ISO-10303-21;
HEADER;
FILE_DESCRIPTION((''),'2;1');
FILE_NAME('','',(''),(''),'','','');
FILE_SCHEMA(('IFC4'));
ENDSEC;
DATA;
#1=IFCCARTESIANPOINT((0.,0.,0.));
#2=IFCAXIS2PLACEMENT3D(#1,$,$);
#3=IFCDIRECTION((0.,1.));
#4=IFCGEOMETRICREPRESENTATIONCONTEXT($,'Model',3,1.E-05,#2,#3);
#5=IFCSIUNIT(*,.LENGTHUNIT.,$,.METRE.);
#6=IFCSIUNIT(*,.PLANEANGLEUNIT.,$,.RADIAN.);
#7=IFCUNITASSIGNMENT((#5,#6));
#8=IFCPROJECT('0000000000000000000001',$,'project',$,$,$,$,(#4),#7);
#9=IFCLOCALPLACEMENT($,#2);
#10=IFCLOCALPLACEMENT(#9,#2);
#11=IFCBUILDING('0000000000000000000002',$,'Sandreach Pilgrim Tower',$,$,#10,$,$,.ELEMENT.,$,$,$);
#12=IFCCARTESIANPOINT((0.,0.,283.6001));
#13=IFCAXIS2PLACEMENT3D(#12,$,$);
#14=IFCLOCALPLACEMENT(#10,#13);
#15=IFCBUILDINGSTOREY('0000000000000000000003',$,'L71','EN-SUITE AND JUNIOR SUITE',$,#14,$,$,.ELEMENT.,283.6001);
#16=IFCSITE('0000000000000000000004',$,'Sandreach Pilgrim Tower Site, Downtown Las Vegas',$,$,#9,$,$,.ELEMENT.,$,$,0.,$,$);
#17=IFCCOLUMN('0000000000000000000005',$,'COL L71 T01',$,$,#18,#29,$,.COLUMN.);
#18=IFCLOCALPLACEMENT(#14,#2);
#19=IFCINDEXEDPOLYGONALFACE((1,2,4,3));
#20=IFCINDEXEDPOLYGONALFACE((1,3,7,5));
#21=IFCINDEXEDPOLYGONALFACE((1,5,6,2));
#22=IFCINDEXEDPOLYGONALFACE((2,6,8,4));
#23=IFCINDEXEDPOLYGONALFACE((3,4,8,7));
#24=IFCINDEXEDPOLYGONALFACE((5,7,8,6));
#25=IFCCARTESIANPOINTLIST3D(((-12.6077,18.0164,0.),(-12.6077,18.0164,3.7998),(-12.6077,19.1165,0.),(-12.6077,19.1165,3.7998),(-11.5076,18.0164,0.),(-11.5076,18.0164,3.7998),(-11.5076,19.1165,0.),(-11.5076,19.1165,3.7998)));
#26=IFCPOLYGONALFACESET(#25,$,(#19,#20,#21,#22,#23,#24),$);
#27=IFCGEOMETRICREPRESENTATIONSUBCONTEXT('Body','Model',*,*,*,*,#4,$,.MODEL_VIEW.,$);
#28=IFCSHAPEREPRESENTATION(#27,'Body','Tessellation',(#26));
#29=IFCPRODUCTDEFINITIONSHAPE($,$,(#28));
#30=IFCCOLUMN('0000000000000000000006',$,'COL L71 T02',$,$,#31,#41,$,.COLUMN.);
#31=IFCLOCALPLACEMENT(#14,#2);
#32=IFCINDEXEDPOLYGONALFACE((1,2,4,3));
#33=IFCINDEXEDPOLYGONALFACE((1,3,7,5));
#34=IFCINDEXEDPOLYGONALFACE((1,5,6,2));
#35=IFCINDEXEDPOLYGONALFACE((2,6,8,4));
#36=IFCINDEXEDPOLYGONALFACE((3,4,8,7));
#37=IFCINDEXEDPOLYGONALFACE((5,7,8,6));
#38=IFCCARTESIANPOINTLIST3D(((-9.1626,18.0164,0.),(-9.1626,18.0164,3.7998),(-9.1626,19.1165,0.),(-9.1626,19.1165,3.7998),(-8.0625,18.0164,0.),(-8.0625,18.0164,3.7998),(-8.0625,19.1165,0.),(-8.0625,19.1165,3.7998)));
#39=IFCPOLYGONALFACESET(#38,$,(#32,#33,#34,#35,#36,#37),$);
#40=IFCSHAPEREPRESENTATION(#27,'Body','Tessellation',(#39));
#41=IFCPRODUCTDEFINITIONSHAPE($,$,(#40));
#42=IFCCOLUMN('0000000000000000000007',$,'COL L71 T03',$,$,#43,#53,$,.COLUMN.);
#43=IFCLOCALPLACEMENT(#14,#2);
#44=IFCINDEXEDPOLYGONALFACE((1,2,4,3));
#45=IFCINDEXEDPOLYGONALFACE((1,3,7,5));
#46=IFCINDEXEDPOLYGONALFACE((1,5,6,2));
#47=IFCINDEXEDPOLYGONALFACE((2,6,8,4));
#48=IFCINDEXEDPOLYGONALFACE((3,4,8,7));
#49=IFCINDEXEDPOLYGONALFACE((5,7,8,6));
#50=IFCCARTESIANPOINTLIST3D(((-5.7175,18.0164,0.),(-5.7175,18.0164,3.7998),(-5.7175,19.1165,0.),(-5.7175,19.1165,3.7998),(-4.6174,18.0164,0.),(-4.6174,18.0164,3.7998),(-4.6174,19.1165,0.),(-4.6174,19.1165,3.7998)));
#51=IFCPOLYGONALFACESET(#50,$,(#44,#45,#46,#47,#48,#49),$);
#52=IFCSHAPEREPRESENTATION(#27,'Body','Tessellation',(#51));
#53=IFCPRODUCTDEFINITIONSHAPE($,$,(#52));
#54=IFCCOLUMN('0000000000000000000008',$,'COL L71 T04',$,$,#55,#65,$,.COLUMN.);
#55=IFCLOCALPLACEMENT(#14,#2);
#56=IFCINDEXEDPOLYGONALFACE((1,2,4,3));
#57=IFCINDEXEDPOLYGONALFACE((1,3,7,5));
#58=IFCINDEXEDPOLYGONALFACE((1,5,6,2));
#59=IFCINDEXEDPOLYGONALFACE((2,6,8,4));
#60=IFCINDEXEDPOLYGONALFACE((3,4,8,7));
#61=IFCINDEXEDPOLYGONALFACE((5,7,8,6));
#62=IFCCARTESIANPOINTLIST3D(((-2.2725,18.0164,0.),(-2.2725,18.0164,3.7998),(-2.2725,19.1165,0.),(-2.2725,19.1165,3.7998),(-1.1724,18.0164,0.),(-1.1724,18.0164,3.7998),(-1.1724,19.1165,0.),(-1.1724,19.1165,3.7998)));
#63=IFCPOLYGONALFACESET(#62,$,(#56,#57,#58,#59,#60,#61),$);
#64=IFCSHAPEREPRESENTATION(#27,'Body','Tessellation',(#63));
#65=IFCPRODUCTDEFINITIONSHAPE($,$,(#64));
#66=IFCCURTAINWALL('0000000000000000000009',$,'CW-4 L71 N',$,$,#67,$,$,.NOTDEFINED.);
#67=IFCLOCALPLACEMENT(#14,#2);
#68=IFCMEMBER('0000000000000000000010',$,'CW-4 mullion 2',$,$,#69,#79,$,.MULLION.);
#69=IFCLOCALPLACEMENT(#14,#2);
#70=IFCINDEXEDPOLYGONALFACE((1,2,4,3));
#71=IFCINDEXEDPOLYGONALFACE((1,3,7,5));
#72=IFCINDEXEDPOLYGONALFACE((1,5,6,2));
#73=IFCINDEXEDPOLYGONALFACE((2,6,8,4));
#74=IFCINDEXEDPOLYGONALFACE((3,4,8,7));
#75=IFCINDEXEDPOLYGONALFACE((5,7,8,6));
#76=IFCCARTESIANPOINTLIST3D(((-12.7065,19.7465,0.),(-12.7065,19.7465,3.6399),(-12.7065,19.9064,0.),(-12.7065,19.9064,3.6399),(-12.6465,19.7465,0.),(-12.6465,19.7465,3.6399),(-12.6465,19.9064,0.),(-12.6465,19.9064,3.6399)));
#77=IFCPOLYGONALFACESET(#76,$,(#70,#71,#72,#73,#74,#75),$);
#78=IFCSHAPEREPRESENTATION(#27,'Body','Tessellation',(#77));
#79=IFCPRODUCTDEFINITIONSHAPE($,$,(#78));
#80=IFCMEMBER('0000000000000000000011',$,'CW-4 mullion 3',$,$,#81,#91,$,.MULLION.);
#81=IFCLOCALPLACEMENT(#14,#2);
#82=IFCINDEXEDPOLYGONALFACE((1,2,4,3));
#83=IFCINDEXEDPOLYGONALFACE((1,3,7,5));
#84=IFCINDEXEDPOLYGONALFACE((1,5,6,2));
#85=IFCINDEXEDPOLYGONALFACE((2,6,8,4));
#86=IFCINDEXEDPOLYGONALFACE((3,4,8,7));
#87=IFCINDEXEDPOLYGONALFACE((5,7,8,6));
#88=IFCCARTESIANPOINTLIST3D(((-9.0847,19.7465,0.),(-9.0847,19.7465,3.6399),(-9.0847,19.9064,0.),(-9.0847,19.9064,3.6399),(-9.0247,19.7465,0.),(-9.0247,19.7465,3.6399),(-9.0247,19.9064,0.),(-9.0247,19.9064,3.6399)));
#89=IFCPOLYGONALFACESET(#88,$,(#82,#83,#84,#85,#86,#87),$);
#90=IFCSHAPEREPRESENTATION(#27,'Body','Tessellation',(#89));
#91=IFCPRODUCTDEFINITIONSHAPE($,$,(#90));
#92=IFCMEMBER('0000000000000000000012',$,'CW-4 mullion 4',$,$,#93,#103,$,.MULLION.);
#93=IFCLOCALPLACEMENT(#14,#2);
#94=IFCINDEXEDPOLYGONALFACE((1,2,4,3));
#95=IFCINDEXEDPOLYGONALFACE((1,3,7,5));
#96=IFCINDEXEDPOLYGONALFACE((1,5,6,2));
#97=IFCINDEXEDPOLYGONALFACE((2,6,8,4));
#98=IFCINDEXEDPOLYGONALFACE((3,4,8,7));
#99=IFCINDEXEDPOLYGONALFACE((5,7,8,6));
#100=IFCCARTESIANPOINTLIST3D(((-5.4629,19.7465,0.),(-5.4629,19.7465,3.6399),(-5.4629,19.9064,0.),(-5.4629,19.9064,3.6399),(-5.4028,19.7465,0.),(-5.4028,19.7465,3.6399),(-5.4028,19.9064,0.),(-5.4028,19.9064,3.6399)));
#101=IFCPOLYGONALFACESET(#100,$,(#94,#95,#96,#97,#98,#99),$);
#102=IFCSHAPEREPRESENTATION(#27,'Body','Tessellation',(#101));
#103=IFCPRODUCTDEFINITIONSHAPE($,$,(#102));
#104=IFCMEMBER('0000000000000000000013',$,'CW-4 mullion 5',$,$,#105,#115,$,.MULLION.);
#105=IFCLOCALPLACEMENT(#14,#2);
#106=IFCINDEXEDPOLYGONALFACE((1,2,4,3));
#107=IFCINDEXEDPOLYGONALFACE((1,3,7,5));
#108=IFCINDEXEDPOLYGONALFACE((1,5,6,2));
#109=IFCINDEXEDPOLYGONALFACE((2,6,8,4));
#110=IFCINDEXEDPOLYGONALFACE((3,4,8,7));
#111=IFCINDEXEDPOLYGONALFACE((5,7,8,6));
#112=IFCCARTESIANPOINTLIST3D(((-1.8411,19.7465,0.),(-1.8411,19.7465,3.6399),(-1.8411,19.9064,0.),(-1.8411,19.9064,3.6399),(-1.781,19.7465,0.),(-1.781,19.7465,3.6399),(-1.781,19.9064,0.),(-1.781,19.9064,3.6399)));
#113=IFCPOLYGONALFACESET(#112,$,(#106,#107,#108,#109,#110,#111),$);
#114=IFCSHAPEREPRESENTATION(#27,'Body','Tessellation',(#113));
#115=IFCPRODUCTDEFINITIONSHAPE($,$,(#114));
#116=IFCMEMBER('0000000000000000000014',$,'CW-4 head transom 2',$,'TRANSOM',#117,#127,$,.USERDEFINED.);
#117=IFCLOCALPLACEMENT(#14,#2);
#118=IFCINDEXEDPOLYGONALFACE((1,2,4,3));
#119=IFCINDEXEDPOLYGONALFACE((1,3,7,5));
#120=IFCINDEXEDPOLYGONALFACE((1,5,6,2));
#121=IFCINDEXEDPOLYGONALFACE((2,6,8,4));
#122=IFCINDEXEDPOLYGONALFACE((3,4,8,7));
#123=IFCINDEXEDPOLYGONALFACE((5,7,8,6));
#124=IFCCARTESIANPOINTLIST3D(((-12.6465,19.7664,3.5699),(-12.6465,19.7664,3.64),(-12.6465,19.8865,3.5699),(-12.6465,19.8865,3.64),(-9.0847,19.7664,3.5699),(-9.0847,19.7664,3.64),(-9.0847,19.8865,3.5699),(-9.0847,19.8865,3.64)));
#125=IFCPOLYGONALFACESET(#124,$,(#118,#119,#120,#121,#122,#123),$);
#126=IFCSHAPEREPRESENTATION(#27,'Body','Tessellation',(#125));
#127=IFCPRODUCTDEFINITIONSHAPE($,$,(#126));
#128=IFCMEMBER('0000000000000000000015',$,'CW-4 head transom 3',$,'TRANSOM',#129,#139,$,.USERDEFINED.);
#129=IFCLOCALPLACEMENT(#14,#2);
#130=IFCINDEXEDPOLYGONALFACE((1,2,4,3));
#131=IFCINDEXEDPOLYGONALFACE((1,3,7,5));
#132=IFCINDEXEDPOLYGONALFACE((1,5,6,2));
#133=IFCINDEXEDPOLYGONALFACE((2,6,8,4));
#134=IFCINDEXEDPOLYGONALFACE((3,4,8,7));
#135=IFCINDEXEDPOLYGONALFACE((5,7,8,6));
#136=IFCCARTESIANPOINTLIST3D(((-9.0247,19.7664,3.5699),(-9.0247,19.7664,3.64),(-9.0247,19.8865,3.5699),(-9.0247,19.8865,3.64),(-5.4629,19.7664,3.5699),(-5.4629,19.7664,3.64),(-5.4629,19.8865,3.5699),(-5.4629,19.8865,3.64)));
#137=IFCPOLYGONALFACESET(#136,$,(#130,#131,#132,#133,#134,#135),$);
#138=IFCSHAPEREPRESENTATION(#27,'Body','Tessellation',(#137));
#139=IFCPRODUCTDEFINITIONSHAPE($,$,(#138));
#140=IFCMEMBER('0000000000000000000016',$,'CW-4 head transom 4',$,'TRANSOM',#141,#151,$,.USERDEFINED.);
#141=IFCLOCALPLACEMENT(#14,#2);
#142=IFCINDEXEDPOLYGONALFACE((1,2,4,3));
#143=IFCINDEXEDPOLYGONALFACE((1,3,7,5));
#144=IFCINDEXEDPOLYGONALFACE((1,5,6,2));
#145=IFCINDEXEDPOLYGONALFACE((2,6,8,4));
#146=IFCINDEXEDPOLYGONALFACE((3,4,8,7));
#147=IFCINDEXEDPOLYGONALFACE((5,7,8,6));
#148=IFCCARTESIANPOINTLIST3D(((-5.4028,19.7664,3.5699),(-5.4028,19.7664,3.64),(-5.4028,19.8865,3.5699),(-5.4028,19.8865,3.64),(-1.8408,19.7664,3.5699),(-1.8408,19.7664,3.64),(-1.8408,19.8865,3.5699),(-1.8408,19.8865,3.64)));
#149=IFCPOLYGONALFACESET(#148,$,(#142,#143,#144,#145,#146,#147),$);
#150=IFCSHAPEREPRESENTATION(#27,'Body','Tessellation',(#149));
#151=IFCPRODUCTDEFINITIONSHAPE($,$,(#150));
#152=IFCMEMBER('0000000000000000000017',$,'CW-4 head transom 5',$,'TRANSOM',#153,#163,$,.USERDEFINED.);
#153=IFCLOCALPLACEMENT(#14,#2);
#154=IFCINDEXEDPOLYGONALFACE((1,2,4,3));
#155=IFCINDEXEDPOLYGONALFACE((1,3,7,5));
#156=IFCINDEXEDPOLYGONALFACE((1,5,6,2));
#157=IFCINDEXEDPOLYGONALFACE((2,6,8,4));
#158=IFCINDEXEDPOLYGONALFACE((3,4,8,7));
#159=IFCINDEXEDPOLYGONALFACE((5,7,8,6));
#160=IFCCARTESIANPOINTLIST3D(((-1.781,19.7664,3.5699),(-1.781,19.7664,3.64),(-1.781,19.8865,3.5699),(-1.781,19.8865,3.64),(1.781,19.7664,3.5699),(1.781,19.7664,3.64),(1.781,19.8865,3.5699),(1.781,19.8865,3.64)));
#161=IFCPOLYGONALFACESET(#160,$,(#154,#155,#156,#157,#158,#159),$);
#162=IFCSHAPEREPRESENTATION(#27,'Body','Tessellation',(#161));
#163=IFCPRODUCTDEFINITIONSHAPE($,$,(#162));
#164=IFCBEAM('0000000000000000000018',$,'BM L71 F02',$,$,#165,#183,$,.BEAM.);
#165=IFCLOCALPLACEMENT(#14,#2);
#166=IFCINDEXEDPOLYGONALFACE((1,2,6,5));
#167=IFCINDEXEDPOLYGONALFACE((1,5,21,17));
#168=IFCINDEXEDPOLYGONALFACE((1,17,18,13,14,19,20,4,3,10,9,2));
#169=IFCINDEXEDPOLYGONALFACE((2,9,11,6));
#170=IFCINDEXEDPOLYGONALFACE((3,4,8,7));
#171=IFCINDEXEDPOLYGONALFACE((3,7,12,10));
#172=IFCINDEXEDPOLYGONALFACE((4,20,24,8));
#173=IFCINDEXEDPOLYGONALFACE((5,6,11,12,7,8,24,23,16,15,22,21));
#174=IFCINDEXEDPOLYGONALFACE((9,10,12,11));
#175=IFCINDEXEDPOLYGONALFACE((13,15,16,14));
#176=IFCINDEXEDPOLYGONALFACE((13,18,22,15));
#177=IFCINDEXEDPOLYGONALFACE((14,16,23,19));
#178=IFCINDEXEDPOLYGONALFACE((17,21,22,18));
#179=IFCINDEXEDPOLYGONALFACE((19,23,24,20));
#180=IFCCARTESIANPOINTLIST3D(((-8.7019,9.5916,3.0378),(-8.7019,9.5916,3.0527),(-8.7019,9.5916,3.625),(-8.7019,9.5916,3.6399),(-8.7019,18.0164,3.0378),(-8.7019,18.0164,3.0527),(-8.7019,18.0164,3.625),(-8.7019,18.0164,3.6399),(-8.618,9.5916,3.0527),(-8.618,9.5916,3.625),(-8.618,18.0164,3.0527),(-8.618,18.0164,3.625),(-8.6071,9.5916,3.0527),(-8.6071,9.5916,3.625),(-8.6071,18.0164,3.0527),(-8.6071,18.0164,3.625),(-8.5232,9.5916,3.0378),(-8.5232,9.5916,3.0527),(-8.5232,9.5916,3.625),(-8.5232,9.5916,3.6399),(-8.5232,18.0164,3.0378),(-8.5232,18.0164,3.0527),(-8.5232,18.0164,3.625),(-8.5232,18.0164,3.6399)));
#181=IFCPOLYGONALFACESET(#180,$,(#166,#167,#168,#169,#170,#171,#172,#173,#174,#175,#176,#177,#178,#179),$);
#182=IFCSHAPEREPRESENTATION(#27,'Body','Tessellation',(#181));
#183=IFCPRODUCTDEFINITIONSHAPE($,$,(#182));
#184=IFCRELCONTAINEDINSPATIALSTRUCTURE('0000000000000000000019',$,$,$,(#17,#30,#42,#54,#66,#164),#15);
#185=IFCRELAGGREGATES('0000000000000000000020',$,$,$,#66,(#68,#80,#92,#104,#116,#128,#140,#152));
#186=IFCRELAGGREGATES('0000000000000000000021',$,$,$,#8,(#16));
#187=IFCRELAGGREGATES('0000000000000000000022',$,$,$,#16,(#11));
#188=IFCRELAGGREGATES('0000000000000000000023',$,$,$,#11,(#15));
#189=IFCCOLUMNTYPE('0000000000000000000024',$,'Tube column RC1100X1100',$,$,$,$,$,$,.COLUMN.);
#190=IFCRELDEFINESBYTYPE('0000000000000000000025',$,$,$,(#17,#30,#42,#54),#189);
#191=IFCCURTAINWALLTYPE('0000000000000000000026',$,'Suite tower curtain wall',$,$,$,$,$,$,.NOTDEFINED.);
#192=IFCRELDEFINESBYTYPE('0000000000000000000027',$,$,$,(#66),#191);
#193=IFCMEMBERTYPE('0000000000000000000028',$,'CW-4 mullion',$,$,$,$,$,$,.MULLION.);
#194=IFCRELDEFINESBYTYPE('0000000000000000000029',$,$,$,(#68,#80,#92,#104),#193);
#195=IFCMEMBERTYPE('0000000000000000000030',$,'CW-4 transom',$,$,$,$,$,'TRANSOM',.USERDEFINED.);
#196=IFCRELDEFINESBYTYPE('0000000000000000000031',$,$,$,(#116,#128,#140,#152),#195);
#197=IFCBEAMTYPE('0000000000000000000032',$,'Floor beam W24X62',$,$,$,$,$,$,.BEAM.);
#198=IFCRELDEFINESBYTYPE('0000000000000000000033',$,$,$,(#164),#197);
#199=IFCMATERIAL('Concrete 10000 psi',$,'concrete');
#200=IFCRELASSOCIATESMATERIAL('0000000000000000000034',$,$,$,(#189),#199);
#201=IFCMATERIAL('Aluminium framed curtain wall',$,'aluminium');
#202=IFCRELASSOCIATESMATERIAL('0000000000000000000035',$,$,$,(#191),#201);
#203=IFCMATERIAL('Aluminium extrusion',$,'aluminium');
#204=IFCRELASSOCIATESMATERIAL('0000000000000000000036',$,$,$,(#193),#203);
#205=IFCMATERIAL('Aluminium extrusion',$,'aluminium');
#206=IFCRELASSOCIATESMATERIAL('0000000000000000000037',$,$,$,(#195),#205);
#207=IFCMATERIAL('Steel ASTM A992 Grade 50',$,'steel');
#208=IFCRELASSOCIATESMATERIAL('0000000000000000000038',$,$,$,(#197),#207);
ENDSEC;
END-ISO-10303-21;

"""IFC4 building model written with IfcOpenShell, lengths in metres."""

from ifc_helpers import new_model, si_unit, direction, frame, origin, origin_2d, place, context, subcontext, project, spatial, rectangle, i_section, extrude, material, material_profile, profile_set, type_object, element, aggregate, save


model = new_model("IFC4")

# Units and contexts
model_context = context("Model", 3, precision=1e-05, world=origin(), true_north=direction((0.0, 1.0)))
body_context = subcontext(model_context, "Body", "Model", "MODEL_VIEW")
ifc_project = project(units=[si_unit("LENGTHUNIT", "METRE"), si_unit("PLANEANGLEUNIT", "RADIAN")], contexts=[model_context])

# Site, building, storey
site_placement = place(None, origin())
site = spatial("IfcSite", under=ifc_project, at=site_placement, Name="Sandreach Pilgrim Tower Site, Downtown Las Vegas", CompositionType="ELEMENT", RefElevation=0.0)
building_placement = place(site_placement, origin())
building = spatial("IfcBuilding", under=site, at=building_placement, Name="Sandreach Pilgrim Tower", CompositionType="ELEMENT")
storey_placement = place(building_placement, frame((0.0, 0.0, 283.6001)))
storey = spatial("IfcBuildingStorey", under=building, at=storey_placement, Name="L71", Description="EN-SUITE AND JUNIOR SUITE", CompositionType="ELEMENT", Elevation=283.6001)

# Columns
ifc_material_1 = material(Name="Concrete 10000 psi", Category="concrete")
ifc_material_profile_1 = material_profile(ifc_material_1, rectangle(XDim=1.1001, YDim=1.1001, at=origin_2d()), Name="RC1100X1100")
ifc_profile_set_1 = profile_set([ifc_material_profile_1], Name="Concrete 10000 psi")
column_type = type_object("IfcColumnType", Name="Tube column RC1100X1100", PredefinedType="COLUMN", material=ifc_profile_set_1)
for number, where, z_axis, x_axis, name in (
    (1, (-12.0576, 18.5664, 0.0), (0.0, 0.0, 1.0), (0.0, 1.0, 0.0), "COL L71 T01"),
    (2, (-8.6125, 18.5664, 0.0), (0.0, 0.0, 1.0), (0.0, 1.0, 0.0), "COL L71 T02"),
    (3, (-5.1675, 18.5664, 0.0), (0.0, 0.0, 1.0), (0.0, 1.0, 0.0), "COL L71 T03"),
    (4, (-1.7224, 18.5664, 0.0), (0.0, 0.0, 1.0), (0.0, 1.0, 0.0), "COL L71 T04"),
):
    element("IfcColumn", number, at=place(storey_placement, frame(where, z_axis=z_axis, x_axis=x_axis)), inside=storey, type_object=column_type, Name=name, PredefinedType="COLUMN", context=body_context, shape_type="SweptSolid", body=[
        extrude(rectangle(XDim=1.1001, YDim=1.1001, at=origin_2d()), origin(), (0.0, 0.0, 1.0), 3.7998),
    ])

# Curtain wall, members
ifc_material_2 = material(Name="Aluminium framed curtain wall", Category="aluminium")
curtain_wall_type = type_object("IfcCurtainWallType", Name="Suite tower curtain wall", PredefinedType="NOTDEFINED", material=ifc_material_2)
curtain_wall_placement = place(storey_placement, origin())
curtain_wall = element("IfcCurtainWall", 5, at=curtain_wall_placement, inside=storey, type_object=curtain_wall_type, Name="CW-4 L71 N", PredefinedType="NOTDEFINED")
ifc_material_3 = material(Name="Aluminium extrusion", Category="aluminium")
ifc_material_profile_2 = material_profile(ifc_material_3, rectangle(XDim=0.0601, YDim=0.1599, at=origin_2d()), Name="CW-4M 60X160")
ifc_profile_set_2 = profile_set([ifc_material_profile_2], Name="Aluminium extrusion")
member_type_1 = type_object("IfcMemberType", Name="CW-4 mullion", PredefinedType="MULLION", material=ifc_profile_set_2)
member_1_placement = place(storey_placement, frame((-12.6765, 19.8264, 0.0), z_axis=(0.0, 0.0, 1.0), x_axis=(1.0, 0.0, 0.0)))
member_1 = element("IfcMember", 6, at=member_1_placement, type_object=member_type_1, Name="CW-4 mullion 2", PredefinedType="MULLION", context=body_context, shape_type="SweptSolid", body=[
    extrude(rectangle(XDim=0.0601, YDim=0.1599, at=origin_2d()), origin(), (0.0, 0.0, 1.0), 3.6399),
])
member_2_placement = place(storey_placement, frame((-9.0547, 19.8264, 0.0), z_axis=(0.0, 0.0, 1.0), x_axis=(1.0, 0.0, 0.0)))
member_2 = element("IfcMember", 7, at=member_2_placement, type_object=member_type_1, Name="CW-4 mullion 3", PredefinedType="MULLION", context=body_context, shape_type="SweptSolid", body=[
    extrude(rectangle(XDim=0.0601, YDim=0.1599, at=origin_2d()), origin(), (0.0, 0.0, 1.0), 3.6399),
])
member_3_placement = place(storey_placement, frame((-5.4329, 19.8264, 0.0), z_axis=(0.0, 0.0, 1.0), x_axis=(1.0, 0.0, 0.0)))
member_3 = element("IfcMember", 8, at=member_3_placement, type_object=member_type_1, Name="CW-4 mullion 4", PredefinedType="MULLION", context=body_context, shape_type="SweptSolid", body=[
    extrude(rectangle(XDim=0.0601, YDim=0.1599, at=origin_2d()), origin(), (0.0, 0.0, 1.0), 3.6399),
])
member_4_placement = place(storey_placement, frame((-1.811, 19.8264, 0.0), z_axis=(0.0, 0.0, 1.0), x_axis=(1.0, 0.0, 0.0)))
member_4 = element("IfcMember", 9, at=member_4_placement, type_object=member_type_1, Name="CW-4 mullion 5", PredefinedType="MULLION", context=body_context, shape_type="SweptSolid", body=[
    extrude(rectangle(XDim=0.0601, YDim=0.1599, at=origin_2d()), origin(), (0.0, 0.0, 1.0), 3.6399),
])
ifc_material_4 = material(Name="Aluminium extrusion", Category="aluminium")
ifc_material_profile_3 = material_profile(ifc_material_4, rectangle(XDim=0.1201, YDim=0.0701, at=origin_2d()), Name="CW-4T 120X70")
ifc_profile_set_3 = profile_set([ifc_material_profile_3], Name="Aluminium extrusion")
member_type_2 = type_object("IfcMemberType", Name="CW-4 transom", ElementType="TRANSOM", PredefinedType="USERDEFINED", material=ifc_profile_set_3)
member_5_placement = place(storey_placement, frame((-12.6465, 19.8264, 3.605), z_axis=(1.0, 0.0, 0.0), x_axis=(0.0, 1.0, 0.0)))
member_5 = element("IfcMember", 10, at=member_5_placement, type_object=member_type_2, Name="CW-4 head transom 2", ObjectType="TRANSOM", PredefinedType="USERDEFINED", context=body_context, shape_type="SweptSolid", body=[
    extrude(rectangle(XDim=0.1201, YDim=0.0701, at=origin_2d()), origin(), (0.0, 0.0, 1.0), 3.5618),
])
member_6_placement = place(storey_placement, frame((-9.0247, 19.8264, 3.605), z_axis=(1.0, 0.0, 0.0), x_axis=(0.0, 1.0, 0.0)))
member_6 = element("IfcMember", 11, at=member_6_placement, type_object=member_type_2, Name="CW-4 head transom 3", ObjectType="TRANSOM", PredefinedType="USERDEFINED", context=body_context, shape_type="SweptSolid", body=[
    extrude(rectangle(XDim=0.1201, YDim=0.0701, at=origin_2d()), origin(), (0.0, 0.0, 1.0), 3.5618),
])
member_7_placement = place(storey_placement, frame((-5.4028, 19.8264, 3.605), z_axis=(1.0, 0.0, 0.0), x_axis=(0.0, 1.0, 0.0)))
member_7 = element("IfcMember", 12, at=member_7_placement, type_object=member_type_2, Name="CW-4 head transom 4", ObjectType="TRANSOM", PredefinedType="USERDEFINED", context=body_context, shape_type="SweptSolid", body=[
    extrude(rectangle(XDim=0.1201, YDim=0.0701, at=origin_2d()), origin(), (0.0, 0.0, 1.0), 3.562),
])
member_8_placement = place(storey_placement, frame((-1.781, 19.8264, 3.605), z_axis=(1.0, 0.0, 0.0), x_axis=(0.0, 1.0, 0.0)))
member_8 = element("IfcMember", 13, at=member_8_placement, type_object=member_type_2, Name="CW-4 head transom 5", ObjectType="TRANSOM", PredefinedType="USERDEFINED", context=body_context, shape_type="SweptSolid", body=[
    extrude(rectangle(XDim=0.1201, YDim=0.0701, at=origin_2d()), origin(), (0.0, 0.0, 1.0), 3.562),
])

# Beam
ifc_material_5 = material(Name="Steel ASTM A992 Grade 50", Category="steel")
ifc_material_profile_4 = material_profile(ifc_material_5, i_section(OverallWidth=0.1787, OverallDepth=0.6021, WebThickness=0.011, FlangeThickness=0.0149, at=origin_2d()), Name="W24X62")
ifc_profile_set_4 = profile_set([ifc_material_profile_4], Name="Steel ASTM A992 Grade 50")
beam_type_1 = type_object("IfcBeamType", Name="Floor beam W24X62", PredefinedType="BEAM", material=ifc_profile_set_4)
beam_1_placement = place(storey_placement, frame((-8.6125, 18.0164, 3.3389), z_axis=(0.0, -1.0, 0.0), x_axis=(1.0, 0.0, 0.0)))
element("IfcBeam", 14, at=beam_1_placement, inside=storey, type_object=beam_type_1, Name="BM L71 F02", PredefinedType="BEAM", context=body_context, shape_type="SweptSolid", body=[
    extrude(i_section(OverallWidth=0.1787, OverallDepth=0.6021, WebThickness=0.011, FlangeThickness=0.0149, at=origin_2d()), origin(), (0.0, 0.0, 1.0), 8.4248),
])

aggregate(curtain_wall, [member_1, member_2, member_3, member_4, member_5, member_6, member_7, member_8])

save(model, "model.ifc")
